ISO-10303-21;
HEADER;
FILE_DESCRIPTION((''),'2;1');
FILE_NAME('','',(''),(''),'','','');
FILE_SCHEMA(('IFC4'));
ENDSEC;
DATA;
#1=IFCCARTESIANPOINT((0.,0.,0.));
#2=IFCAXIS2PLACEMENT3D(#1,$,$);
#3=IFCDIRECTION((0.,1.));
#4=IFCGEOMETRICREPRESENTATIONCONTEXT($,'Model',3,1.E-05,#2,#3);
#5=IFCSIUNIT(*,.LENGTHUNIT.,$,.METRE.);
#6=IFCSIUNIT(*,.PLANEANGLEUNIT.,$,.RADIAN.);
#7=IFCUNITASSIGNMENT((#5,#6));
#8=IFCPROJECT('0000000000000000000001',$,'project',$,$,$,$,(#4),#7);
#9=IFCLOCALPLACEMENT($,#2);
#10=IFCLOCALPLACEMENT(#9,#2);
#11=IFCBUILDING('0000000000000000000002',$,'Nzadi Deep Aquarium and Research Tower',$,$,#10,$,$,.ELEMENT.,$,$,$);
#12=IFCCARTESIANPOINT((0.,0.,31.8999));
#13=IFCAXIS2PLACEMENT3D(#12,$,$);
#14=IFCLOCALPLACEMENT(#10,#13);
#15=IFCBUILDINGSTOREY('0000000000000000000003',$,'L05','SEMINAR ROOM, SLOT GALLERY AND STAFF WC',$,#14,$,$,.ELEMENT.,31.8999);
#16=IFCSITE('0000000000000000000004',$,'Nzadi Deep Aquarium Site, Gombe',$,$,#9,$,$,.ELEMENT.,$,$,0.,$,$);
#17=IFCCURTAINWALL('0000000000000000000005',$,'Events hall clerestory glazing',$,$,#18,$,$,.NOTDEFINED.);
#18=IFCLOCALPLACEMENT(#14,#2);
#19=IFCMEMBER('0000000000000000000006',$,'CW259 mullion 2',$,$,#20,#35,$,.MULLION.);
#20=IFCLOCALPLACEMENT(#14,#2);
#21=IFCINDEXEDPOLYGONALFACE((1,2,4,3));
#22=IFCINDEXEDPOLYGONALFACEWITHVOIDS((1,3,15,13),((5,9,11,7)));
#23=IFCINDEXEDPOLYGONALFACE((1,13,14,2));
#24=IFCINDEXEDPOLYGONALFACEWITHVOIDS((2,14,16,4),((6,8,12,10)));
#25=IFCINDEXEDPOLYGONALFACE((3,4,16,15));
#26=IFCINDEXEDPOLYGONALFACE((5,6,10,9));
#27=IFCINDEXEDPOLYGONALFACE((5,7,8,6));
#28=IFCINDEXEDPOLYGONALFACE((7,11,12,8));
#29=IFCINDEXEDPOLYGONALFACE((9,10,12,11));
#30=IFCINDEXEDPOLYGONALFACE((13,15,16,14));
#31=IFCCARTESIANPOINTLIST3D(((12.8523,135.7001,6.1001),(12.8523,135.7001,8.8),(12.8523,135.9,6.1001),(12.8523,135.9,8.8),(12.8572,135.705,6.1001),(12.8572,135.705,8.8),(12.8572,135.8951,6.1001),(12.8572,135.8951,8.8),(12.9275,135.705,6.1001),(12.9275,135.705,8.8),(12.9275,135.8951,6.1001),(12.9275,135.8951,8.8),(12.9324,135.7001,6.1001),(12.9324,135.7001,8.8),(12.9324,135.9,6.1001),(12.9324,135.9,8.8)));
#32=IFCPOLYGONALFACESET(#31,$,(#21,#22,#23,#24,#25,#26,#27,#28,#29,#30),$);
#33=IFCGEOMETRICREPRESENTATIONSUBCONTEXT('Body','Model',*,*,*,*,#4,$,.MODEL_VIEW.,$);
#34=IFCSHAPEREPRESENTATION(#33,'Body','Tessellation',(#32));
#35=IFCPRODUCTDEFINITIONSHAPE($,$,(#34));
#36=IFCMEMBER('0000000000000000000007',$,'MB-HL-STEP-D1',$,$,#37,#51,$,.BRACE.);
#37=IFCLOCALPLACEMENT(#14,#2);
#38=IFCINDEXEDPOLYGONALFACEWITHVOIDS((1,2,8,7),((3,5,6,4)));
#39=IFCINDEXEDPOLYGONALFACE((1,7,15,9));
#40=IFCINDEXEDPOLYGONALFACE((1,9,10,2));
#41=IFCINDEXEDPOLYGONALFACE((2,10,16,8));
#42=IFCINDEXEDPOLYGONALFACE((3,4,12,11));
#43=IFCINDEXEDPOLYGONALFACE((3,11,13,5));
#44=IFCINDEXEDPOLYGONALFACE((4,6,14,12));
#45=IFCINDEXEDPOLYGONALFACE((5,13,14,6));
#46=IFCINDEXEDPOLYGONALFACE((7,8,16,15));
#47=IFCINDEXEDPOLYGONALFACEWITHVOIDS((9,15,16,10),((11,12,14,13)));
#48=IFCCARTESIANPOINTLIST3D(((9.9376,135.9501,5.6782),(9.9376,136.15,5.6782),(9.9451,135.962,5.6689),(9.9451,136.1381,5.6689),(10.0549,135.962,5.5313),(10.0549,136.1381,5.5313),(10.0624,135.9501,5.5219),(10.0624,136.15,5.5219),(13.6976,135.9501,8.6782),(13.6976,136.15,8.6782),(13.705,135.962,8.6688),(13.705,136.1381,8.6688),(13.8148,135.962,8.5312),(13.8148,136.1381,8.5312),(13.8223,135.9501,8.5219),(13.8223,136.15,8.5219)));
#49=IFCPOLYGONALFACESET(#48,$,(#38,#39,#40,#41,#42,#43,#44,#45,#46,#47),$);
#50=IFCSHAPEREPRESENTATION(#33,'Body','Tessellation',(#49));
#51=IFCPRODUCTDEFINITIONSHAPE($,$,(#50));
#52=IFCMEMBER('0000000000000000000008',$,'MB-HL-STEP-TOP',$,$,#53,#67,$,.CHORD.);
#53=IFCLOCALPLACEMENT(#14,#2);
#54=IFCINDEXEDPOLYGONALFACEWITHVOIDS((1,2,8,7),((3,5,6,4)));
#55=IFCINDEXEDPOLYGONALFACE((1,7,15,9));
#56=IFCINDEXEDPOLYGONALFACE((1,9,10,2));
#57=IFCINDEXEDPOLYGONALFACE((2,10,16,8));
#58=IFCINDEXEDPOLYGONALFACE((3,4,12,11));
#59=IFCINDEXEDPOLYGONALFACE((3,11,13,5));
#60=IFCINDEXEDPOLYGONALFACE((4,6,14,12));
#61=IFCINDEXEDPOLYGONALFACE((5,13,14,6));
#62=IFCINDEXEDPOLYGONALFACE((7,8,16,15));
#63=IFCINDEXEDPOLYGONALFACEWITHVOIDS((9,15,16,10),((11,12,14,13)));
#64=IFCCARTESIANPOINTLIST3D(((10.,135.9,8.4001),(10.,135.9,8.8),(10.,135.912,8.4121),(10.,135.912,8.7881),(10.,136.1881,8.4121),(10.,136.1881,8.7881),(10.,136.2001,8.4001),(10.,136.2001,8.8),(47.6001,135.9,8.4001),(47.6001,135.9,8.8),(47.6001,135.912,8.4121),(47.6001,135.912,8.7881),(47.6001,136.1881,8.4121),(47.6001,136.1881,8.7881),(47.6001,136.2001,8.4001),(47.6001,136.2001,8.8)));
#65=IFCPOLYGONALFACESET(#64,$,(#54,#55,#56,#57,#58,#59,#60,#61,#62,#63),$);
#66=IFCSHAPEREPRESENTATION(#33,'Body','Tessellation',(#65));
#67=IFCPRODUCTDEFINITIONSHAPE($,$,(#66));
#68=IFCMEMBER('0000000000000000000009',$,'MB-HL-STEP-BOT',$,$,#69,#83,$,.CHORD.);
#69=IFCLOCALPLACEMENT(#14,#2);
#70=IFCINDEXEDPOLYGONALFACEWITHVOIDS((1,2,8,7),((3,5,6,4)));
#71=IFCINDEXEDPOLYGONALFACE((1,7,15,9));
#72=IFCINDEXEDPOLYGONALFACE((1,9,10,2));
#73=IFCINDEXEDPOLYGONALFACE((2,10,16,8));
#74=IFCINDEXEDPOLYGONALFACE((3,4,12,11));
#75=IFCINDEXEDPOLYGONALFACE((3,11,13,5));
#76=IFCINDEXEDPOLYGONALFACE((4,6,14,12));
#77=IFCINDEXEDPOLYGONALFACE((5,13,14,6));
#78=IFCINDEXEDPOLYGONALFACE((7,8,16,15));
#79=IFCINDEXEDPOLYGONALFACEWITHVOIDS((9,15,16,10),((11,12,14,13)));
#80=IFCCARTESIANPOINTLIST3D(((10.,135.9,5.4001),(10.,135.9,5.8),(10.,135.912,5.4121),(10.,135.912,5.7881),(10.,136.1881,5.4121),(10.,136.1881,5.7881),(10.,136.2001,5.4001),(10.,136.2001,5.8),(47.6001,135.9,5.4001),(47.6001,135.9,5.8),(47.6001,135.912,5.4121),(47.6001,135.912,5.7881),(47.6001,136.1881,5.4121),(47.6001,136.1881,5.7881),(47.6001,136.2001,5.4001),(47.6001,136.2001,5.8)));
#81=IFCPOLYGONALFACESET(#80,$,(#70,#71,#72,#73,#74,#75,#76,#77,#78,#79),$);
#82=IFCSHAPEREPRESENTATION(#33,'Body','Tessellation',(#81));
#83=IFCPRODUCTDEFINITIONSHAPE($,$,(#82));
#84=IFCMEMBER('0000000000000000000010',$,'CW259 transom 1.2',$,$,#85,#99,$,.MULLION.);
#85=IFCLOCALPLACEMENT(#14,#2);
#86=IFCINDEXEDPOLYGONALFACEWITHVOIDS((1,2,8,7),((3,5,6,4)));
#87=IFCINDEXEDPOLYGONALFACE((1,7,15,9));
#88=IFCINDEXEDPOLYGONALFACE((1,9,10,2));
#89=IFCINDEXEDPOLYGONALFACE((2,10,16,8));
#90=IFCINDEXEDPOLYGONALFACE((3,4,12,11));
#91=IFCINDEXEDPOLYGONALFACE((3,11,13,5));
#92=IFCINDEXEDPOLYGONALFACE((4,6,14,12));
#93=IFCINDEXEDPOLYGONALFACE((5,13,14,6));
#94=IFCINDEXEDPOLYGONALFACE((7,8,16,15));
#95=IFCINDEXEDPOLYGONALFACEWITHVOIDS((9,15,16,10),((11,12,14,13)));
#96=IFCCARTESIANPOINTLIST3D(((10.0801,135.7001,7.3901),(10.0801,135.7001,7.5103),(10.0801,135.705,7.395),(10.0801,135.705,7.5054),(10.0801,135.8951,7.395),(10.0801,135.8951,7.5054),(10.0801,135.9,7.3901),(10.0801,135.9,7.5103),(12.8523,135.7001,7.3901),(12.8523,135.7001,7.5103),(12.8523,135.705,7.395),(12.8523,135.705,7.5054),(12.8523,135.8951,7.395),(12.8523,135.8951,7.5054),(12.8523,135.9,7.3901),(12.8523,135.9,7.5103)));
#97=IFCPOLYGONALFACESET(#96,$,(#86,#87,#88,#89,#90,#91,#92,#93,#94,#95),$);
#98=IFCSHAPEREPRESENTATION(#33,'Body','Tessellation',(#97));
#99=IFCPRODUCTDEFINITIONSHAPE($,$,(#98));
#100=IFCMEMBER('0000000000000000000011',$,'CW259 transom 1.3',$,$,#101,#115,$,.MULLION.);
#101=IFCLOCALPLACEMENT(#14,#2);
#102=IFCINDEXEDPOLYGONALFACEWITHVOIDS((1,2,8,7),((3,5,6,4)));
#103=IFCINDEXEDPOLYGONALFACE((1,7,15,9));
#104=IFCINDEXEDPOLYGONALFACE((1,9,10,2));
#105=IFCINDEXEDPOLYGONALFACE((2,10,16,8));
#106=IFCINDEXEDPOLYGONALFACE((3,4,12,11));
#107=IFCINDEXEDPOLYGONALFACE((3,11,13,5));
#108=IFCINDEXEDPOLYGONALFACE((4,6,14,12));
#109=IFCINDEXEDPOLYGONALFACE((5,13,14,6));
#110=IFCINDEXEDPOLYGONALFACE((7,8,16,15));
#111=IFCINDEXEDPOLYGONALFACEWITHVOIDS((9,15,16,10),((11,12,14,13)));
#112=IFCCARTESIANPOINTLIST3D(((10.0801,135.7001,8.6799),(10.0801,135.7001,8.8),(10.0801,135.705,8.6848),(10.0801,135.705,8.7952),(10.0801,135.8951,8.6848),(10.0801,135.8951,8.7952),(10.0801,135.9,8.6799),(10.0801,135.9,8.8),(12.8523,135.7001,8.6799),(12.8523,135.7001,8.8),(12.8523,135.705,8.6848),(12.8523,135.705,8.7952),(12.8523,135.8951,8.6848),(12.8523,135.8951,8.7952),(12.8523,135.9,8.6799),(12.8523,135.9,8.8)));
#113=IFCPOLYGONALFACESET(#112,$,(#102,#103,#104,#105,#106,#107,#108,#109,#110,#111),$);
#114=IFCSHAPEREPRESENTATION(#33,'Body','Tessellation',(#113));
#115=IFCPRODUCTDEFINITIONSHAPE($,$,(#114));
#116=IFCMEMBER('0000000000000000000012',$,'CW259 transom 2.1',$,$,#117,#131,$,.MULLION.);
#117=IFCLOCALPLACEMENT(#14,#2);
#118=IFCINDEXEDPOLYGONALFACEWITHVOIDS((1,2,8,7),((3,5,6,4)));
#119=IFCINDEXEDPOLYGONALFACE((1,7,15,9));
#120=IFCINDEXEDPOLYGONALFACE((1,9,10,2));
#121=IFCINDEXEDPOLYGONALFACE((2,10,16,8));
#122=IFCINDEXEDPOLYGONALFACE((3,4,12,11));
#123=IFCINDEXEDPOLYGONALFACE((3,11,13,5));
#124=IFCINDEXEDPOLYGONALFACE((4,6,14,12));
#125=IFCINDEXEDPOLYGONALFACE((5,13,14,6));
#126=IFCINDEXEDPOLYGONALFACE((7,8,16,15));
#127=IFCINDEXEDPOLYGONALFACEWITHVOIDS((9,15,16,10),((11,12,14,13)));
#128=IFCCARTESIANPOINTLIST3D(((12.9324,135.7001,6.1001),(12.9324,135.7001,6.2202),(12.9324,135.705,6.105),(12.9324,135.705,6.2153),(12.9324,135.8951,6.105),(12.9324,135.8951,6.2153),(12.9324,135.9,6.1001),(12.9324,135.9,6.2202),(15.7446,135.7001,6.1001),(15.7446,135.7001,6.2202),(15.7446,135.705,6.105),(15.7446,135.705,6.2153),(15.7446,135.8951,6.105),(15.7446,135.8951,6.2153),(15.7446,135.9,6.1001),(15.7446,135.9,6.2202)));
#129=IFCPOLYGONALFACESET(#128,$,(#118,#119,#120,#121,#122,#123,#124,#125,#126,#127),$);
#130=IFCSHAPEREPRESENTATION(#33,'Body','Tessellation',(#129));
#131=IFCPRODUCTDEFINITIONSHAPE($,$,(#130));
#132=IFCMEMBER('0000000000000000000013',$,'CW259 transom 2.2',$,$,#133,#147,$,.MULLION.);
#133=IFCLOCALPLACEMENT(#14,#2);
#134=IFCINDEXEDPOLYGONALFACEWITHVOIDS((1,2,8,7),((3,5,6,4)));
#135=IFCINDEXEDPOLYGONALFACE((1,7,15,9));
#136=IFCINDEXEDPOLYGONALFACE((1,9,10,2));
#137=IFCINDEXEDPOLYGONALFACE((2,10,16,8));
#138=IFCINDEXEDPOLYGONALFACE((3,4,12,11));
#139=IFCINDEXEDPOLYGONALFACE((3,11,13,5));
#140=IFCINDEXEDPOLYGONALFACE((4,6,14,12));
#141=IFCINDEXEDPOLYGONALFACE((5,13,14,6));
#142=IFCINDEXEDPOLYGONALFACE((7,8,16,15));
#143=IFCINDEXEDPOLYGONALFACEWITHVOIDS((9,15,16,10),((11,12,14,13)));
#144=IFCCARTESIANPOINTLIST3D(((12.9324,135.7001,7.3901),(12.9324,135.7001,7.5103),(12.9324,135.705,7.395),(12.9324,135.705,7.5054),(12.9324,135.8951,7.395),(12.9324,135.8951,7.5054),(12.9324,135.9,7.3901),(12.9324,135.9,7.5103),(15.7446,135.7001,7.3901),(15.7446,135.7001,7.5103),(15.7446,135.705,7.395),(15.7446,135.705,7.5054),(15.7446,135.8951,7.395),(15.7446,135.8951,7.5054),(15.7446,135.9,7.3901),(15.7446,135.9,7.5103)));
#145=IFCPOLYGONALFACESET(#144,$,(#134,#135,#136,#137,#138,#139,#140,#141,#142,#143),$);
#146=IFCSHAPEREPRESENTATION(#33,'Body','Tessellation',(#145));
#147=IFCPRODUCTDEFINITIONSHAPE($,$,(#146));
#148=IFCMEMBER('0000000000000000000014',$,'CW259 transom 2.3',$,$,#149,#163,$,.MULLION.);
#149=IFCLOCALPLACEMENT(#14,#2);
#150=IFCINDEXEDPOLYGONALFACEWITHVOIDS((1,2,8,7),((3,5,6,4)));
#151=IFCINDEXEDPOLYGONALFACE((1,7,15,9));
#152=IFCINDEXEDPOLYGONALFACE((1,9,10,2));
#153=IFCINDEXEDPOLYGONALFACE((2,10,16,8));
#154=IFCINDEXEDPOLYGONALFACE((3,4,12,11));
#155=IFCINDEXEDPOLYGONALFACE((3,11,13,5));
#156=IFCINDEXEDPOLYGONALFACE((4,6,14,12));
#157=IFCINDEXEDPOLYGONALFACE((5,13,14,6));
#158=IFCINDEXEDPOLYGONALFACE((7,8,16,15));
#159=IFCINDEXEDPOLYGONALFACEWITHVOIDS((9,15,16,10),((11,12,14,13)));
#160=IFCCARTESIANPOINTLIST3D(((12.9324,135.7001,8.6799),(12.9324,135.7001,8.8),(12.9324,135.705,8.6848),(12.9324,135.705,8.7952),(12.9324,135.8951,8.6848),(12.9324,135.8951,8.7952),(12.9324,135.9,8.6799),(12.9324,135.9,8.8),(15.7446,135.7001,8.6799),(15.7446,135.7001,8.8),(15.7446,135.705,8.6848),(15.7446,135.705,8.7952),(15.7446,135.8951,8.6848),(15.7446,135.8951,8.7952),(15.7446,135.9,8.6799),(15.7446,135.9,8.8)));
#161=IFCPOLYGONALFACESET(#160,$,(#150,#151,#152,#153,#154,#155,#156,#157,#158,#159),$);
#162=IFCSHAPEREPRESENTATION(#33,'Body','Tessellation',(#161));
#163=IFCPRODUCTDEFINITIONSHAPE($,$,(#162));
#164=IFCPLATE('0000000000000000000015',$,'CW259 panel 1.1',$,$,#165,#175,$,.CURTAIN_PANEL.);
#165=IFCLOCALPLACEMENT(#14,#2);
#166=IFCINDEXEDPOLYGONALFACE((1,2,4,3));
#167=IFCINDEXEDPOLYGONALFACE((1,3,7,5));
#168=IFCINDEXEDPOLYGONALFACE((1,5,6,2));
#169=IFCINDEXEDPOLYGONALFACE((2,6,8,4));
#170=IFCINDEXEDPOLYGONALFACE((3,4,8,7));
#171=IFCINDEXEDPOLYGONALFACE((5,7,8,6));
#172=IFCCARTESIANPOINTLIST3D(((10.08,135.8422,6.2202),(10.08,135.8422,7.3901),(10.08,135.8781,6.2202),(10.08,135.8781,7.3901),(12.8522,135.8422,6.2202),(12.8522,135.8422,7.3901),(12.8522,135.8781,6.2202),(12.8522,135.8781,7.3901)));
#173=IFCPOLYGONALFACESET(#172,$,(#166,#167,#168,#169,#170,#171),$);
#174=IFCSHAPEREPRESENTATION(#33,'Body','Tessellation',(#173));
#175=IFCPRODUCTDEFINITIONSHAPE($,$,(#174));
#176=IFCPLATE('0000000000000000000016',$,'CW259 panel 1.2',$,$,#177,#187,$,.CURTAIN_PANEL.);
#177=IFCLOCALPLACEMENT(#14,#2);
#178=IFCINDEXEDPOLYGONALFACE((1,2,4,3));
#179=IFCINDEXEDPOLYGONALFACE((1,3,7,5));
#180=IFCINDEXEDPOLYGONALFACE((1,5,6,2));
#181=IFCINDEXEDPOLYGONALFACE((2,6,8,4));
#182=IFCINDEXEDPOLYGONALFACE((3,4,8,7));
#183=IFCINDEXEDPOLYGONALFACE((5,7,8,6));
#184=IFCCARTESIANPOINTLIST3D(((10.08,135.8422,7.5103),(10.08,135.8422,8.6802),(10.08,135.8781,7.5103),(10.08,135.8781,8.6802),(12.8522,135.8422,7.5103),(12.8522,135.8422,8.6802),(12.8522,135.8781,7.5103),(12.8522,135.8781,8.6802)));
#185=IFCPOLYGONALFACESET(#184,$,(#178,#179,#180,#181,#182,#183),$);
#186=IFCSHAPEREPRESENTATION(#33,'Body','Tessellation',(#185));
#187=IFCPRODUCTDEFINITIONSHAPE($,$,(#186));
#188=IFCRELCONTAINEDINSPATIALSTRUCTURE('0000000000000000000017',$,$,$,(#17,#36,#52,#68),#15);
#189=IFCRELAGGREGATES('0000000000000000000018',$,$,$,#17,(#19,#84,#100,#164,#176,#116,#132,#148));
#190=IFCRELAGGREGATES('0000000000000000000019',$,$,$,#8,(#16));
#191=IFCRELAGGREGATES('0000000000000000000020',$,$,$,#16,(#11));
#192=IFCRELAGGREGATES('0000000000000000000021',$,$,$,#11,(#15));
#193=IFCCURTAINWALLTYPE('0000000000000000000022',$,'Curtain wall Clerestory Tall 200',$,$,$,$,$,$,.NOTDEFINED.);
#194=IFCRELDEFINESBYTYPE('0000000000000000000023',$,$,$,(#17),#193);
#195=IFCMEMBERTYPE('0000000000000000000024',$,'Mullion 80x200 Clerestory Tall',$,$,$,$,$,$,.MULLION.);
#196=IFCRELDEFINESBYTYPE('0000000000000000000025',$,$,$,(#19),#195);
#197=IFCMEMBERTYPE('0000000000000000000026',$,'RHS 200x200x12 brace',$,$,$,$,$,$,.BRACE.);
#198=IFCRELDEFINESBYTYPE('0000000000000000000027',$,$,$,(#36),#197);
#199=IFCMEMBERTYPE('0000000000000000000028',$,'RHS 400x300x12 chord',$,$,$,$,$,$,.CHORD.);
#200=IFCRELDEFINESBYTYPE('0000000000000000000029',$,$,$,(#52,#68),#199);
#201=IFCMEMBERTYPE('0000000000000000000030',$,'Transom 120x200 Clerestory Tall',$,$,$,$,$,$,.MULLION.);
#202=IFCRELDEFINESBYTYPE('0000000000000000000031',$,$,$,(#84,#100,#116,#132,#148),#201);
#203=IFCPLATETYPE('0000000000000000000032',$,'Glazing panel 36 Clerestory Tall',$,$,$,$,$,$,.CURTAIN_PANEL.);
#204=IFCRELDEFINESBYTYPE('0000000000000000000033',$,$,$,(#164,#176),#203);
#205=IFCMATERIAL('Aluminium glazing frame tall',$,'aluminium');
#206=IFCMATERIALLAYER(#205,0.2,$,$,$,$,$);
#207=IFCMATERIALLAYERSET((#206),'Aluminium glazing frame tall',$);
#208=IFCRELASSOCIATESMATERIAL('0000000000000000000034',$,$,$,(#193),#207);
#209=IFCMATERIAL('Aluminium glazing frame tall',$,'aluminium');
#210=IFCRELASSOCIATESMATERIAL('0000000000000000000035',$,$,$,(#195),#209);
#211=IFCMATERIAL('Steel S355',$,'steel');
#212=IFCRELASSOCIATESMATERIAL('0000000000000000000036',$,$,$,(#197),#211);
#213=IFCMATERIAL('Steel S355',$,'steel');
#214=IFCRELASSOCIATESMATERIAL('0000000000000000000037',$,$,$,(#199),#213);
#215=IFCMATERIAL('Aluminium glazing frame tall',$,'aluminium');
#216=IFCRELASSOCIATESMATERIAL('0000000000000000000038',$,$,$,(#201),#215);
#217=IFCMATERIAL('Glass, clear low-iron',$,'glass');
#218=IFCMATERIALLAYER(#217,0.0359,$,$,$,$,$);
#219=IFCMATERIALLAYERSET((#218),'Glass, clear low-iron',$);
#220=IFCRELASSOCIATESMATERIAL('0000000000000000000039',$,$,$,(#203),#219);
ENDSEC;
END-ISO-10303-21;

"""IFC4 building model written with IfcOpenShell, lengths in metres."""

from ifc_helpers import new_model, si_unit, direction, frame, origin, origin_2d, place, context, subcontext, project, spatial, rectangle, hollow_rectangle, extrude, material, layer, layer_set, material_profile, profile_set, type_object, element, aggregate, save


model = new_model("IFC4")

# Units and contexts
model_context = context("Model", 3, precision=1e-05, world=origin(), true_north=direction((0.0, 1.0)))
body_context = subcontext(model_context, "Body", "Model", "MODEL_VIEW")
ifc_project = project(units=[si_unit("LENGTHUNIT", "METRE"), si_unit("PLANEANGLEUNIT", "RADIAN")], contexts=[model_context])

# Site, building, storey
site_placement = place(None, origin())
site = spatial("IfcSite", under=ifc_project, at=site_placement, Name="Nzadi Deep Aquarium Site, Gombe", CompositionType="ELEMENT", RefElevation=0.0)
building_placement = place(site_placement, origin())
building = spatial("IfcBuilding", under=site, at=building_placement, Name="Nzadi Deep Aquarium and Research Tower", CompositionType="ELEMENT")
storey_placement = place(building_placement, frame((0.0, 0.0, 31.8999)))
storey = spatial("IfcBuildingStorey", under=building, at=storey_placement, Name="L05", Description="SEMINAR ROOM, SLOT GALLERY AND STAFF WC", CompositionType="ELEMENT", Elevation=31.8999)

# Curtain wall, member
ifc_material_1 = material(Name="Aluminium glazing frame tall", Category="aluminium")
ifc_layer_1 = layer(ifc_material_1, 0.2)
ifc_layer_set_1 = layer_set([ifc_layer_1], Name="Aluminium glazing frame tall")
curtain_wall_type = type_object("IfcCurtainWallType", Name="Curtain wall Clerestory Tall 200", PredefinedType="NOTDEFINED", material=ifc_layer_set_1)
curtain_wall_placement = place(storey_placement, origin())
curtain_wall = element("IfcCurtainWall", 1, at=curtain_wall_placement, inside=storey, type_object=curtain_wall_type, Name="Events hall clerestory glazing", PredefinedType="NOTDEFINED")
ifc_material_2 = material(Name="Aluminium glazing frame tall", Category="aluminium")
ifc_material_profile_1 = material_profile(ifc_material_2, hollow_rectangle(XDim=0.2, YDim=0.0801, WallThickness=0.0049, at=origin_2d()))
ifc_profile_set_1 = profile_set([ifc_material_profile_1], Name="Aluminium glazing frame tall")
member_type_1 = type_object("IfcMemberType", Name="Mullion 80x200 Clerestory Tall", PredefinedType="MULLION", material=ifc_profile_set_1)
member_1_placement = place(storey_placement, frame((12.8923, 135.8, 6.1001), z_axis=(0.0, 0.0, 1.0), x_axis=(0.0, 1.0, 0.0)))
member_1 = element("IfcMember", 2, at=member_1_placement, type_object=member_type_1, Name="CW259 mullion 2", PredefinedType="MULLION", context=body_context, shape_type="SweptSolid", body=[
    extrude(hollow_rectangle(XDim=0.2, YDim=0.0801, WallThickness=0.0049, at=origin_2d()), origin(), (0.0, 0.0, 1.0), 2.7),
])

# Members
ifc_material_3 = material(Name="Steel S355", Category="steel")
ifc_material_profile_2 = material_profile(ifc_material_3, hollow_rectangle(XDim=0.2, YDim=0.2, WallThickness=0.012, at=origin_2d()))
ifc_profile_set_2 = profile_set([ifc_material_profile_2], Name="Steel S355")
member_type_2 = type_object("IfcMemberType", Name="RHS 200x200x12 brace", PredefinedType="BRACE", material=ifc_profile_set_2)
member_2_placement = place(storey_placement, frame((10.0, 136.05, 5.6001), z_axis=(0.78168, 0.0, 0.623679), x_axis=(0.0, 1.0, 0.0)))
element("IfcMember", 3, at=member_2_placement, inside=storey, type_object=member_type_2, Name="MB-HL-STEP-D1", PredefinedType="BRACE", context=body_context, shape_type="SweptSolid", body=[
    extrude(hollow_rectangle(XDim=0.2, YDim=0.2, WallThickness=0.012, at=origin_2d()), origin(), (0.0, 0.0, 1.0), 4.8101),
])
ifc_material_4 = material(Name="Steel S355", Category="steel")
ifc_material_profile_3 = material_profile(ifc_material_4, hollow_rectangle(XDim=0.3, YDim=0.3999, WallThickness=0.012, at=origin_2d()))
ifc_profile_set_3 = profile_set([ifc_material_profile_3], Name="Steel S355")
member_type_3 = type_object("IfcMemberType", Name="RHS 400x300x12 chord", PredefinedType="CHORD", material=ifc_profile_set_3)
for number, where, z_axis, x_axis, name in (
    (4, (10.0, 136.05, 8.6001), (1.0, 0.0, 0.0), (0.0, 1.0, 0.0), "MB-HL-STEP-TOP"),
    (5, (10.0, 136.05, 5.6001), (1.0, 0.0, 0.0), (0.0, 1.0, 0.0), "MB-HL-STEP-BOT"),
):
    element("IfcMember", number, at=place(storey_placement, frame(where, z_axis=z_axis, x_axis=x_axis)), inside=storey, type_object=member_type_3, Name=name, PredefinedType="CHORD", context=body_context, shape_type="SweptSolid", body=[
        extrude(hollow_rectangle(XDim=0.3, YDim=0.3999, WallThickness=0.012, at=origin_2d()), origin(), (0.0, 0.0, 1.0), 37.6001),
    ])

# Members
ifc_material_5 = material(Name="Aluminium glazing frame tall", Category="aluminium")
ifc_material_profile_4 = material_profile(ifc_material_5, hollow_rectangle(XDim=0.2, YDim=0.1201, WallThickness=0.0049, at=origin_2d()))
ifc_profile_set_4 = profile_set([ifc_material_profile_4], Name="Aluminium glazing frame tall")
member_type_4 = type_object("IfcMemberType", Name="Transom 120x200 Clerestory Tall", PredefinedType="MULLION", material=ifc_profile_set_4)
member_3_placement = place(storey_placement, frame((10.0801, 135.8, 7.4502), z_axis=(1.0, 0.0, 0.0), x_axis=(0.0, 1.0, 0.0)))
member_3 = element("IfcMember", 6, at=member_3_placement, type_object=member_type_4, Name="CW259 transom 1.2", PredefinedType="MULLION", context=body_context, shape_type="SweptSolid", body=[
    extrude(hollow_rectangle(XDim=0.2, YDim=0.1201, WallThickness=0.0049, at=origin_2d()), origin(), (0.0, 0.0, 1.0), 2.7722),
])
member_4_placement = place(storey_placement, frame((10.0801, 135.8, 8.74), z_axis=(1.0, 0.0, 0.0), x_axis=(0.0, 1.0, 0.0)))
member_4 = element("IfcMember", 7, at=member_4_placement, type_object=member_type_4, Name="CW259 transom 1.3", PredefinedType="MULLION", context=body_context, shape_type="SweptSolid", body=[
    extrude(hollow_rectangle(XDim=0.2, YDim=0.1201, WallThickness=0.0049, at=origin_2d()), origin(), (0.0, 0.0, 1.0), 2.7722),
])
member_5_placement = place(storey_placement, frame((12.9324, 135.8, 6.1602), z_axis=(1.0, 0.0, 0.0), x_axis=(0.0, 1.0, 0.0)))
member_5 = element("IfcMember", 8, at=member_5_placement, type_object=member_type_4, Name="CW259 transom 2.1", PredefinedType="MULLION", context=body_context, shape_type="SweptSolid", body=[
    extrude(hollow_rectangle(XDim=0.2, YDim=0.1201, WallThickness=0.0049, at=origin_2d()), origin(), (0.0, 0.0, 1.0), 2.8123),
])
member_6_placement = place(storey_placement, frame((12.9324, 135.8, 7.4502), z_axis=(1.0, 0.0, 0.0), x_axis=(0.0, 1.0, 0.0)))
member_6 = element("IfcMember", 9, at=member_6_placement, type_object=member_type_4, Name="CW259 transom 2.2", PredefinedType="MULLION", context=body_context, shape_type="SweptSolid", body=[
    extrude(hollow_rectangle(XDim=0.2, YDim=0.1201, WallThickness=0.0049, at=origin_2d()), origin(), (0.0, 0.0, 1.0), 2.8123),
])
member_7_placement = place(storey_placement, frame((12.9324, 135.8, 8.74), z_axis=(1.0, 0.0, 0.0), x_axis=(0.0, 1.0, 0.0)))
member_7 = element("IfcMember", 10, at=member_7_placement, type_object=member_type_4, Name="CW259 transom 2.3", PredefinedType="MULLION", context=body_context, shape_type="SweptSolid", body=[
    extrude(hollow_rectangle(XDim=0.2, YDim=0.1201, WallThickness=0.0049, at=origin_2d()), origin(), (0.0, 0.0, 1.0), 2.8123),
])

# Plates
ifc_material_6 = material(Name="Glass, clear low-iron", Category="glass")
ifc_layer_2 = layer(ifc_material_6, 0.0359)
ifc_layer_set_2 = layer_set([ifc_layer_2], Name="Glass, clear low-iron")
plate_type = type_object("IfcPlateType", Name="Glazing panel 36 Clerestory Tall", PredefinedType="CURTAIN_PANEL", material=ifc_layer_set_2)
plate_1_placement = place(storey_placement, frame((11.4661, 135.8601, 6.2202), z_axis=(0.0, 0.0, 1.0), x_axis=(1.0, 0.0, 0.0)))
plate_1 = element("IfcPlate", 11, at=plate_1_placement, type_object=plate_type, Name="CW259 panel 1.1", PredefinedType="CURTAIN_PANEL", context=body_context, shape_type="SweptSolid", body=[
    extrude(rectangle(XDim=2.7722, YDim=0.0359, at=origin_2d()), origin(), (0.0, 0.0, 1.0), 1.1699),
])
plate_2_placement = place(storey_placement, frame((11.4661, 135.8601, 7.5103), z_axis=(0.0, 0.0, 1.0), x_axis=(1.0, 0.0, 0.0)))
plate_2 = element("IfcPlate", 12, at=plate_2_placement, type_object=plate_type, Name="CW259 panel 1.2", PredefinedType="CURTAIN_PANEL", context=body_context, shape_type="SweptSolid", body=[
    extrude(rectangle(XDim=2.7722, YDim=0.0359, at=origin_2d()), origin(), (0.0, 0.0, 1.0), 1.1699),
])
aggregate(curtain_wall, [member_1, member_3, member_4, plate_1, plate_2, member_5, member_6, member_7])

save(model, "model.ifc")
